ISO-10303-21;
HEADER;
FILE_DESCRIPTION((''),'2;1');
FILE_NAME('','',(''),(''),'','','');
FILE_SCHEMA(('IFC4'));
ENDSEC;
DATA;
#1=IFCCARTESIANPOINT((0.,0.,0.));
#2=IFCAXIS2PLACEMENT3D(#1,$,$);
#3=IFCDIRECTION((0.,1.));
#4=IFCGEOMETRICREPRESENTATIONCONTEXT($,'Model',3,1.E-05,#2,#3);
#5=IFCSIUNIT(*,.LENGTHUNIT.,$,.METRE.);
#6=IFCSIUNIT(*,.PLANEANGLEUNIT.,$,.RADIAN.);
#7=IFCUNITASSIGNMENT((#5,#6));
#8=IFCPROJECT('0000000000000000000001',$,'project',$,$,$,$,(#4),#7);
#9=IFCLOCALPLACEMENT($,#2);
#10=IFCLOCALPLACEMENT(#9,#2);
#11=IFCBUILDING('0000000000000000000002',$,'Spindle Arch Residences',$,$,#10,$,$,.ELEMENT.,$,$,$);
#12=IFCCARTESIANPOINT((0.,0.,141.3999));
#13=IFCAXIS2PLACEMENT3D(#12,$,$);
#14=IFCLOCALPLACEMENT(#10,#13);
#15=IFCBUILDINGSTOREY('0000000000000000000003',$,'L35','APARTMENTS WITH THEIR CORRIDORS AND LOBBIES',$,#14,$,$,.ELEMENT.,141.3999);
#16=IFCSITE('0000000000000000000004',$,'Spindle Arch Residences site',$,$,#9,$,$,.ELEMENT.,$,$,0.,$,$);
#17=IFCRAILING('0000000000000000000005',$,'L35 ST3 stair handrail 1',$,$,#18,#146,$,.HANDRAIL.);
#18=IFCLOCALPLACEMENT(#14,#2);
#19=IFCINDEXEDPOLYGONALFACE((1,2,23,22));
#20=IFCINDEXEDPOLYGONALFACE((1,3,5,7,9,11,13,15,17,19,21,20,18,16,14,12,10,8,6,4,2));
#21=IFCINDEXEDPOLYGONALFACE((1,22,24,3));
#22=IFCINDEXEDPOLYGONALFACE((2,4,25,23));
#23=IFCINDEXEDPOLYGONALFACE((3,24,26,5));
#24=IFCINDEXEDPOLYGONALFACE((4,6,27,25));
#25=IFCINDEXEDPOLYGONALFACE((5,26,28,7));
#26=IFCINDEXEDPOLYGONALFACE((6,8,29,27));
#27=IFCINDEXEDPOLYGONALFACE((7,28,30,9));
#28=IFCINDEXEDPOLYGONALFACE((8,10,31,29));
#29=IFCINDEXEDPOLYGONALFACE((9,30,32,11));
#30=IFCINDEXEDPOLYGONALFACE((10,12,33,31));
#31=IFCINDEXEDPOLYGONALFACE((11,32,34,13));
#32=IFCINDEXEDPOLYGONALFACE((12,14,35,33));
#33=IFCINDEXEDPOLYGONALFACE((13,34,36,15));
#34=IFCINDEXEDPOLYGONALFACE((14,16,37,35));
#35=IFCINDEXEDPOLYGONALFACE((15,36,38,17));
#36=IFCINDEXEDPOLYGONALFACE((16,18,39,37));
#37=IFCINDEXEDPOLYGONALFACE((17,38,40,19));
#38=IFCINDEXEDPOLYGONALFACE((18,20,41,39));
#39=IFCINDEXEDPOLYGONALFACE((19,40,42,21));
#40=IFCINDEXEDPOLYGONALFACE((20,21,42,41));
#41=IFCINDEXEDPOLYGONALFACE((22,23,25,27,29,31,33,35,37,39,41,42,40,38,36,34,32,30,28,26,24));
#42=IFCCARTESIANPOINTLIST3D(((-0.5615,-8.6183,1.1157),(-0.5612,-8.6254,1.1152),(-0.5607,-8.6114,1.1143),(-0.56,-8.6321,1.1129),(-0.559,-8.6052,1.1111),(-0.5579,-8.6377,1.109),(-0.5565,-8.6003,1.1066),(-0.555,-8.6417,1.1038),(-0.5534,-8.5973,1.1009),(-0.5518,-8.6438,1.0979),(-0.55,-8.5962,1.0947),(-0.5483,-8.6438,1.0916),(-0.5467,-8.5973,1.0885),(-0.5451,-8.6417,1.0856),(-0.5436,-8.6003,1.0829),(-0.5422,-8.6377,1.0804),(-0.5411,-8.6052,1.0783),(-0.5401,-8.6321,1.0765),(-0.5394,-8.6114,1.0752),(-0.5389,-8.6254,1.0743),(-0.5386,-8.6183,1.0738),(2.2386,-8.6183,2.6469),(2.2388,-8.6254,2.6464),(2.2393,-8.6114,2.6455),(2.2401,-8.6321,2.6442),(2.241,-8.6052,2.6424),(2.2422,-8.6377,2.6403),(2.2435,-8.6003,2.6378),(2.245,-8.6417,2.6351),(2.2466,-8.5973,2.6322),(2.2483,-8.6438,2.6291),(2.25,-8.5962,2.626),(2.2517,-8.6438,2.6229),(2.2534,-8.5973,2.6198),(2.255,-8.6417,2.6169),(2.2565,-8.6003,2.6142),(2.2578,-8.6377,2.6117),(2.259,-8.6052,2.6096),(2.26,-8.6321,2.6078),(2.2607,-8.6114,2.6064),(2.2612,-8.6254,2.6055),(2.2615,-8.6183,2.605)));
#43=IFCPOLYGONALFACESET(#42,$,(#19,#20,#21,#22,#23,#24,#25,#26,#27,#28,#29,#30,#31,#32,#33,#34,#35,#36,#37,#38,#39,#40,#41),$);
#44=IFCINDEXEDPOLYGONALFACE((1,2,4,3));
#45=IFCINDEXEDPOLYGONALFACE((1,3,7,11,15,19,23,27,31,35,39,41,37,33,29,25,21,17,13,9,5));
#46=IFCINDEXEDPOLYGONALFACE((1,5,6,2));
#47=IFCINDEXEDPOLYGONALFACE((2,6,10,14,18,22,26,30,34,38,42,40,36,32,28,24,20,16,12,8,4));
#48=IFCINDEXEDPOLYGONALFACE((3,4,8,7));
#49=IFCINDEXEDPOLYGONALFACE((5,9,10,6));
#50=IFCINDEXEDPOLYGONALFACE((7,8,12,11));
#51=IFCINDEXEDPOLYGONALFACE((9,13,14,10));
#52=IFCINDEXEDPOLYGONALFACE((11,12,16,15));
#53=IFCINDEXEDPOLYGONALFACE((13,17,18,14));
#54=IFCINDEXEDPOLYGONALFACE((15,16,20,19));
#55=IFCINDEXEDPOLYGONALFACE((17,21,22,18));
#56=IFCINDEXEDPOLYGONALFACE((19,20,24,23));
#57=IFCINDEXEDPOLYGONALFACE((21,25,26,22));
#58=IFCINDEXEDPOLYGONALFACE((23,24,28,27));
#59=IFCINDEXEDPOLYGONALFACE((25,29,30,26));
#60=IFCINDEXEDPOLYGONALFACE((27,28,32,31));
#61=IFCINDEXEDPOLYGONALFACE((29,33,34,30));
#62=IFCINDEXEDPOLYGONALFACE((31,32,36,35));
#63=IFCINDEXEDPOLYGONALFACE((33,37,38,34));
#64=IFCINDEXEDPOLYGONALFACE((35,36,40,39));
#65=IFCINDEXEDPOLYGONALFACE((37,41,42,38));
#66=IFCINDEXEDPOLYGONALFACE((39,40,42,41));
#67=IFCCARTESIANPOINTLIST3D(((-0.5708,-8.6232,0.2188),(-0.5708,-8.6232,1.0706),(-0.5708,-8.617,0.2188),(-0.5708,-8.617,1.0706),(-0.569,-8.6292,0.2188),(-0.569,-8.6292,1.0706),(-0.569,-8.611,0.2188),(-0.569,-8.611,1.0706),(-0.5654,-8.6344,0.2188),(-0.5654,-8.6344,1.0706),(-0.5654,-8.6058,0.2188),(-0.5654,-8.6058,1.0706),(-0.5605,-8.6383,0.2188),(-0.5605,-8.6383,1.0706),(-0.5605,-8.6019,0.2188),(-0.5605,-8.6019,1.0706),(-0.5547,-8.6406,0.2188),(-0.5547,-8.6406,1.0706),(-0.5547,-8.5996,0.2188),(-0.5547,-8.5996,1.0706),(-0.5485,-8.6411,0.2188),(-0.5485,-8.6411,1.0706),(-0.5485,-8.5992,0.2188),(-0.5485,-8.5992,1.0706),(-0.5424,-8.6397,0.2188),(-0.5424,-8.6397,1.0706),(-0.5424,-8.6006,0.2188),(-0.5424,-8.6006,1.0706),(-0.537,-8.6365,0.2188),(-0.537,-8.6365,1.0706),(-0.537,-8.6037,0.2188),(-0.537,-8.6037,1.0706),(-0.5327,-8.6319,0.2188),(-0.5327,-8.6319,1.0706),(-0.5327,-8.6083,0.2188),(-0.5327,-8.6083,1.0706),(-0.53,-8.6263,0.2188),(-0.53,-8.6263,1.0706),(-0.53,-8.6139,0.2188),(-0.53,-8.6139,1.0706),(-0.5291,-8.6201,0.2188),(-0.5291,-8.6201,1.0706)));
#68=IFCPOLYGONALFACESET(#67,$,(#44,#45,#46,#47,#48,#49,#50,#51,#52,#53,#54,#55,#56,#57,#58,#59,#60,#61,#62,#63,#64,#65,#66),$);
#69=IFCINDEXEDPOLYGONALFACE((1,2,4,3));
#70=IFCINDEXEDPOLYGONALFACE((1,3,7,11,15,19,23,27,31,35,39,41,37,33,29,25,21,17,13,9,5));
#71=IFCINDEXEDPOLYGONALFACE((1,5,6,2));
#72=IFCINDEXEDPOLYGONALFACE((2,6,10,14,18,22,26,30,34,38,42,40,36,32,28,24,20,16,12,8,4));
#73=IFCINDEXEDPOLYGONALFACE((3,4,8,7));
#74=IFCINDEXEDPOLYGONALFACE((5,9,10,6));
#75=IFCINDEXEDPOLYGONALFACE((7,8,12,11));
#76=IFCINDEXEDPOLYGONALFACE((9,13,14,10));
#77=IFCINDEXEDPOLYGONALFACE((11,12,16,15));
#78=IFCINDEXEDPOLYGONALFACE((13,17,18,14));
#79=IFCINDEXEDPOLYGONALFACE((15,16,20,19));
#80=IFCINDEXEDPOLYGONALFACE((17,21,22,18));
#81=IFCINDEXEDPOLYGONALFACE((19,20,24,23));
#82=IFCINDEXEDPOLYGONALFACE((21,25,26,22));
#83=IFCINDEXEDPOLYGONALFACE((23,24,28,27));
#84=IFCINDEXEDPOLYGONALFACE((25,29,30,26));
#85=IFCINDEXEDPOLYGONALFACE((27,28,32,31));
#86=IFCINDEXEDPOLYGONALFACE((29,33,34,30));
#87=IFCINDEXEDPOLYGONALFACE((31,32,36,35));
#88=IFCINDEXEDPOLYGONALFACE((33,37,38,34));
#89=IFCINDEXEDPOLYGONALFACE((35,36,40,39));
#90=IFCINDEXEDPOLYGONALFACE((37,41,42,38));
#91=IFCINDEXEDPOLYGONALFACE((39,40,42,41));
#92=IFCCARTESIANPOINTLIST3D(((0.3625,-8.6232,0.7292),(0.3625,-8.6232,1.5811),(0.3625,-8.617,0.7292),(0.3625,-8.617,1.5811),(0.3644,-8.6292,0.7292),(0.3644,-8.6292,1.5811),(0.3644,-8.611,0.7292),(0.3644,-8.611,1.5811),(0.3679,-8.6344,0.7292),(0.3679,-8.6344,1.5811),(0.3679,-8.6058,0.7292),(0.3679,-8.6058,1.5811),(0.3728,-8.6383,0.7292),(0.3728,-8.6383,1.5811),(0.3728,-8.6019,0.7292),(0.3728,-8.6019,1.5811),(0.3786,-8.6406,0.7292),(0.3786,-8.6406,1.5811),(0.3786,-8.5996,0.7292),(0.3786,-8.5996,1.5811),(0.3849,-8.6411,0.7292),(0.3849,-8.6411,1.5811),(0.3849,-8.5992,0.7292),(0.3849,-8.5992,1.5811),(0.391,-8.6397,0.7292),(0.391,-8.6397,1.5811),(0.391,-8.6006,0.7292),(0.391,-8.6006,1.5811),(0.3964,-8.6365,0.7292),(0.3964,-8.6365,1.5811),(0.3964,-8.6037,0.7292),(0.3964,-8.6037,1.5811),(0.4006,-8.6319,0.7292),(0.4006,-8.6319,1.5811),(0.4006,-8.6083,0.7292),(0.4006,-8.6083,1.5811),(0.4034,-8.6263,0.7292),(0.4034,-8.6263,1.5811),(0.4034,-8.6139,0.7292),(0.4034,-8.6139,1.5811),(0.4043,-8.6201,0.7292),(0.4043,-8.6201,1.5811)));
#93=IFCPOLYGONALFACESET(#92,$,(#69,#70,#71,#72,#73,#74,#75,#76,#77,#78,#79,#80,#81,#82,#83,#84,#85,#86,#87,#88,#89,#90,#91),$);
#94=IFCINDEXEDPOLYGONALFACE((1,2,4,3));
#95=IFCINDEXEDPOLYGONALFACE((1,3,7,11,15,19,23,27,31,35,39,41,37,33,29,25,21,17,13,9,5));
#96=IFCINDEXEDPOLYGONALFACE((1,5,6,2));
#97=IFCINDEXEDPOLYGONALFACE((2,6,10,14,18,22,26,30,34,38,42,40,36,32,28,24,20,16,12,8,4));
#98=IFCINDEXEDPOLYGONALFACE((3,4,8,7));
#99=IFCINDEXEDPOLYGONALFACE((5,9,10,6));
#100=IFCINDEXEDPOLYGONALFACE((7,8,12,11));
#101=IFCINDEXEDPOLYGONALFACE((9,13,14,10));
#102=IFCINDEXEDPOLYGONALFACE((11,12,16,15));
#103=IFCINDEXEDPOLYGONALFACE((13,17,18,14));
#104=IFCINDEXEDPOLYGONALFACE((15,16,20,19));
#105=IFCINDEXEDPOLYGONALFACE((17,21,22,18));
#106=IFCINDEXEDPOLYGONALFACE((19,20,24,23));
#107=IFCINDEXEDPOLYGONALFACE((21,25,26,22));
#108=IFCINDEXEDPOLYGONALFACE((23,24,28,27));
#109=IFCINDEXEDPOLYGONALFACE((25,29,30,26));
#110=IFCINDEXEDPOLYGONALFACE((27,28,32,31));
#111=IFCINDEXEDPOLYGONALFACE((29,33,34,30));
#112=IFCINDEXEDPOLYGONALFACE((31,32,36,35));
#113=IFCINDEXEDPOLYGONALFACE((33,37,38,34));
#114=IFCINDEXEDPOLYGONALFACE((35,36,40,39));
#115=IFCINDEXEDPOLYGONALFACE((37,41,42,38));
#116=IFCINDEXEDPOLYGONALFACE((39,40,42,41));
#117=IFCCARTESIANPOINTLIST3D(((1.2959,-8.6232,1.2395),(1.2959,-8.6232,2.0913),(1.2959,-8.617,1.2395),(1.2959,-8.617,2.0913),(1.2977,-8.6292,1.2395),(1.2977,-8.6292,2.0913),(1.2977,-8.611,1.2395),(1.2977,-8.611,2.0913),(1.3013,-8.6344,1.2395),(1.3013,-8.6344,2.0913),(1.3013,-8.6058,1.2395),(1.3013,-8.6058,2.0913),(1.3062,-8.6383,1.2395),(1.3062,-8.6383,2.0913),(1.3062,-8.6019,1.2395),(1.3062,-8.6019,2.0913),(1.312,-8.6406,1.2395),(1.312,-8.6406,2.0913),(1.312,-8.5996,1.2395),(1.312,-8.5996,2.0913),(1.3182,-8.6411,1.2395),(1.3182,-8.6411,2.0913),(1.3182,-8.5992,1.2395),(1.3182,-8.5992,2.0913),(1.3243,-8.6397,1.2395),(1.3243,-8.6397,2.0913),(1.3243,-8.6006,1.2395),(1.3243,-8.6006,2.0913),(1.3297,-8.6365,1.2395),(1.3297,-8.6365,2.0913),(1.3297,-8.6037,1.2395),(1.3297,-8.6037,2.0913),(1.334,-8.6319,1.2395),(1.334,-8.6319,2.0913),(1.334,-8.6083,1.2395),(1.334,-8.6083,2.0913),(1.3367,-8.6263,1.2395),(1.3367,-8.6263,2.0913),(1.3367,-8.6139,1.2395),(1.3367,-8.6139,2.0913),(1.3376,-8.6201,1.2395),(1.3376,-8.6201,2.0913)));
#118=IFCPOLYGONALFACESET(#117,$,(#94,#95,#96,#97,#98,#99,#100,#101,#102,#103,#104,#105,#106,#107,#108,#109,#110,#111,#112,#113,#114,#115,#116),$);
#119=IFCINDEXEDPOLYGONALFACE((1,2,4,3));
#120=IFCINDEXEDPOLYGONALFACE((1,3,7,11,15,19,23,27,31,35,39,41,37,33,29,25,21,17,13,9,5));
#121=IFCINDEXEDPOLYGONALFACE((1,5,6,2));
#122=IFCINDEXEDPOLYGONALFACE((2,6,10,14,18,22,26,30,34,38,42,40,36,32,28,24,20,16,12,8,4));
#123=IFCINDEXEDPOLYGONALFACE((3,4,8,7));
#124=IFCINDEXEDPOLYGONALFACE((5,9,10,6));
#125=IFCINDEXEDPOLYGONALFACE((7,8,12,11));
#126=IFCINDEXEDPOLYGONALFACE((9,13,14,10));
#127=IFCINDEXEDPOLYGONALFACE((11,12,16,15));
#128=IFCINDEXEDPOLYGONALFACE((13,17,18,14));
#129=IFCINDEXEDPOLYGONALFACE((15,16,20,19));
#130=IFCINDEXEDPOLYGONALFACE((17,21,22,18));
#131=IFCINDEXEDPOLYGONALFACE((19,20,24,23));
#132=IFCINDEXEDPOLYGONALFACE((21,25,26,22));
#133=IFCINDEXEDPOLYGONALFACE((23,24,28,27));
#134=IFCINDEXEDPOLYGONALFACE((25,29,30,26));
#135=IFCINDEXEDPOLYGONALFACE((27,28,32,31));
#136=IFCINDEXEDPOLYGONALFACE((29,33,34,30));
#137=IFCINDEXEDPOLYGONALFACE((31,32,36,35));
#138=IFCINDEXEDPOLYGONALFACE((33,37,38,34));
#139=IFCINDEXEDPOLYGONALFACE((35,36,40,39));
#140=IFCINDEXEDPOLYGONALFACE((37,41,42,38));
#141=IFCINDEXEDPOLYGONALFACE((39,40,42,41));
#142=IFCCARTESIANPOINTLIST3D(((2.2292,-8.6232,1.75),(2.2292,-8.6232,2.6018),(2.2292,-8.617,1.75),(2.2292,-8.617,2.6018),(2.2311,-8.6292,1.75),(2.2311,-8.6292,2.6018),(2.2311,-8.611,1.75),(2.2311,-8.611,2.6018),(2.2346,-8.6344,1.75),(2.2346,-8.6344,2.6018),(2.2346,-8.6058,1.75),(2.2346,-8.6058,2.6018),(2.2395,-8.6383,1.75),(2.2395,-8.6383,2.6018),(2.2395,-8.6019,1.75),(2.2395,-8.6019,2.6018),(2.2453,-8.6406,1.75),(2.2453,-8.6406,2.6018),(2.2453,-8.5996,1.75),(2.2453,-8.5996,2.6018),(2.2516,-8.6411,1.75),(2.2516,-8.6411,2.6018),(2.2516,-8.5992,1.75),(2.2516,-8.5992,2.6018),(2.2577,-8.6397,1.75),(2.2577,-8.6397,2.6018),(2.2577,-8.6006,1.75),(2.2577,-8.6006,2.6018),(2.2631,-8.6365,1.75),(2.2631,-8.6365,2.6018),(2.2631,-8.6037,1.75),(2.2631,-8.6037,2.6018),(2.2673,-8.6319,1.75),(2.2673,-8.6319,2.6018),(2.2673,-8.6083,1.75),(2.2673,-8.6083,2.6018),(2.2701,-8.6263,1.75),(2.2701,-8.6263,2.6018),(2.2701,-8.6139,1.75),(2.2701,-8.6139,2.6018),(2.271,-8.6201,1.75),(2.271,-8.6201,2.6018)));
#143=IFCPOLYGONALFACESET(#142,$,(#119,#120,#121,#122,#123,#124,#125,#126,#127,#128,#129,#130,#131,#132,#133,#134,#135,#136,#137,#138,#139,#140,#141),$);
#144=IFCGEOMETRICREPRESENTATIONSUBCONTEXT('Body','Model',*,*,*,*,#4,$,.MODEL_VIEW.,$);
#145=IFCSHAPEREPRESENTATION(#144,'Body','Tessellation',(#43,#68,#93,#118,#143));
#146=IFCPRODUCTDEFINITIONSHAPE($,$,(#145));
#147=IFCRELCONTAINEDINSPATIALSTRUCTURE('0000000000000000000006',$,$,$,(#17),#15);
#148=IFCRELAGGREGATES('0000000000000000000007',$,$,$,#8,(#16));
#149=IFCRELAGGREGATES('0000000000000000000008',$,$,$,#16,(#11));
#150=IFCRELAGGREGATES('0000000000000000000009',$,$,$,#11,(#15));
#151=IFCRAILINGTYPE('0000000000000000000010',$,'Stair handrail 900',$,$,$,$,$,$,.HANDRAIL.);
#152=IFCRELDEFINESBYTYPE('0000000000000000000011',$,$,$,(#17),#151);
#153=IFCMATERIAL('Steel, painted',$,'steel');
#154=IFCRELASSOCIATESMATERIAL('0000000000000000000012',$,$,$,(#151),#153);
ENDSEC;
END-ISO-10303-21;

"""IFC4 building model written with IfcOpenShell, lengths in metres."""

from ifc_helpers import new_model, si_unit, direction, frame, origin, origin_2d, place, context, subcontext, project, spatial, circle, extrude, material, type_object, element, save


model = new_model("IFC4")

# Units and contexts
model_context = context("Model", 3, precision=1e-05, world=origin(), true_north=direction((0.0, 1.0)))
body_context = subcontext(model_context, "Body", "Model", "MODEL_VIEW")
ifc_project = project(units=[si_unit("LENGTHUNIT", "METRE"), si_unit("PLANEANGLEUNIT", "RADIAN")], contexts=[model_context])

# Site, building, storey
site_placement = place(None, origin())
site = spatial("IfcSite", under=ifc_project, at=site_placement, Name="Spindle Arch Residences site", CompositionType="ELEMENT", RefElevation=0.0)
building_placement = place(site_placement, origin())
building = spatial("IfcBuilding", under=site, at=building_placement, Name="Spindle Arch Residences", CompositionType="ELEMENT")
storey_placement = place(building_placement, frame((0.0, 0.0, 141.3999)))
storey = spatial("IfcBuildingStorey", under=building, at=storey_placement, Name="L35", Description="APARTMENTS WITH THEIR CORRIDORS AND LOBBIES", CompositionType="ELEMENT", Elevation=141.3999)

# Railing
ifc_material_1 = material(Name="Steel, painted", Category="steel")
railing_type_1 = type_object("IfcRailingType", Name="Stair handrail 900", PredefinedType="HANDRAIL", material=ifc_material_1)
railing_1_placement = place(storey_placement, frame((-0.55, -8.6201, 0.2188)))
element("IfcRailing", 1, at=railing_1_placement, inside=storey, type_object=railing_type_1, Name="L35 ST3 stair handrail 1", PredefinedType="HANDRAIL", context=body_context, shape_type="SweptSolid", body=[
    extrude(circle(Radius=0.0239, at=origin_2d()), frame((0.0, 0.0, 0.876), z_axis=(0.877375, 0.0, 0.479806), x_axis=(0.0, 1.0, 0.0)), (0.0, 0.0, 1.0), 3.1914),
    extrude(circle(Radius=0.021, at=origin_2d()), origin(), (0.0, 0.0, 1.0), 0.8518),
    extrude(circle(Radius=0.021, at=origin_2d()), frame((0.9333, 0.0, 0.5105)), (0.0, 0.0, 1.0), 0.8518),
    extrude(circle(Radius=0.021, at=origin_2d()), frame((1.8667, 0.0, 1.0208)), (0.0, 0.0, 1.0), 0.8518),
    extrude(circle(Radius=0.021, at=origin_2d()), frame((2.8, 0.0, 1.5312)), (0.0, 0.0, 1.0), 0.8518),
])

save(model, "model.ifc")
